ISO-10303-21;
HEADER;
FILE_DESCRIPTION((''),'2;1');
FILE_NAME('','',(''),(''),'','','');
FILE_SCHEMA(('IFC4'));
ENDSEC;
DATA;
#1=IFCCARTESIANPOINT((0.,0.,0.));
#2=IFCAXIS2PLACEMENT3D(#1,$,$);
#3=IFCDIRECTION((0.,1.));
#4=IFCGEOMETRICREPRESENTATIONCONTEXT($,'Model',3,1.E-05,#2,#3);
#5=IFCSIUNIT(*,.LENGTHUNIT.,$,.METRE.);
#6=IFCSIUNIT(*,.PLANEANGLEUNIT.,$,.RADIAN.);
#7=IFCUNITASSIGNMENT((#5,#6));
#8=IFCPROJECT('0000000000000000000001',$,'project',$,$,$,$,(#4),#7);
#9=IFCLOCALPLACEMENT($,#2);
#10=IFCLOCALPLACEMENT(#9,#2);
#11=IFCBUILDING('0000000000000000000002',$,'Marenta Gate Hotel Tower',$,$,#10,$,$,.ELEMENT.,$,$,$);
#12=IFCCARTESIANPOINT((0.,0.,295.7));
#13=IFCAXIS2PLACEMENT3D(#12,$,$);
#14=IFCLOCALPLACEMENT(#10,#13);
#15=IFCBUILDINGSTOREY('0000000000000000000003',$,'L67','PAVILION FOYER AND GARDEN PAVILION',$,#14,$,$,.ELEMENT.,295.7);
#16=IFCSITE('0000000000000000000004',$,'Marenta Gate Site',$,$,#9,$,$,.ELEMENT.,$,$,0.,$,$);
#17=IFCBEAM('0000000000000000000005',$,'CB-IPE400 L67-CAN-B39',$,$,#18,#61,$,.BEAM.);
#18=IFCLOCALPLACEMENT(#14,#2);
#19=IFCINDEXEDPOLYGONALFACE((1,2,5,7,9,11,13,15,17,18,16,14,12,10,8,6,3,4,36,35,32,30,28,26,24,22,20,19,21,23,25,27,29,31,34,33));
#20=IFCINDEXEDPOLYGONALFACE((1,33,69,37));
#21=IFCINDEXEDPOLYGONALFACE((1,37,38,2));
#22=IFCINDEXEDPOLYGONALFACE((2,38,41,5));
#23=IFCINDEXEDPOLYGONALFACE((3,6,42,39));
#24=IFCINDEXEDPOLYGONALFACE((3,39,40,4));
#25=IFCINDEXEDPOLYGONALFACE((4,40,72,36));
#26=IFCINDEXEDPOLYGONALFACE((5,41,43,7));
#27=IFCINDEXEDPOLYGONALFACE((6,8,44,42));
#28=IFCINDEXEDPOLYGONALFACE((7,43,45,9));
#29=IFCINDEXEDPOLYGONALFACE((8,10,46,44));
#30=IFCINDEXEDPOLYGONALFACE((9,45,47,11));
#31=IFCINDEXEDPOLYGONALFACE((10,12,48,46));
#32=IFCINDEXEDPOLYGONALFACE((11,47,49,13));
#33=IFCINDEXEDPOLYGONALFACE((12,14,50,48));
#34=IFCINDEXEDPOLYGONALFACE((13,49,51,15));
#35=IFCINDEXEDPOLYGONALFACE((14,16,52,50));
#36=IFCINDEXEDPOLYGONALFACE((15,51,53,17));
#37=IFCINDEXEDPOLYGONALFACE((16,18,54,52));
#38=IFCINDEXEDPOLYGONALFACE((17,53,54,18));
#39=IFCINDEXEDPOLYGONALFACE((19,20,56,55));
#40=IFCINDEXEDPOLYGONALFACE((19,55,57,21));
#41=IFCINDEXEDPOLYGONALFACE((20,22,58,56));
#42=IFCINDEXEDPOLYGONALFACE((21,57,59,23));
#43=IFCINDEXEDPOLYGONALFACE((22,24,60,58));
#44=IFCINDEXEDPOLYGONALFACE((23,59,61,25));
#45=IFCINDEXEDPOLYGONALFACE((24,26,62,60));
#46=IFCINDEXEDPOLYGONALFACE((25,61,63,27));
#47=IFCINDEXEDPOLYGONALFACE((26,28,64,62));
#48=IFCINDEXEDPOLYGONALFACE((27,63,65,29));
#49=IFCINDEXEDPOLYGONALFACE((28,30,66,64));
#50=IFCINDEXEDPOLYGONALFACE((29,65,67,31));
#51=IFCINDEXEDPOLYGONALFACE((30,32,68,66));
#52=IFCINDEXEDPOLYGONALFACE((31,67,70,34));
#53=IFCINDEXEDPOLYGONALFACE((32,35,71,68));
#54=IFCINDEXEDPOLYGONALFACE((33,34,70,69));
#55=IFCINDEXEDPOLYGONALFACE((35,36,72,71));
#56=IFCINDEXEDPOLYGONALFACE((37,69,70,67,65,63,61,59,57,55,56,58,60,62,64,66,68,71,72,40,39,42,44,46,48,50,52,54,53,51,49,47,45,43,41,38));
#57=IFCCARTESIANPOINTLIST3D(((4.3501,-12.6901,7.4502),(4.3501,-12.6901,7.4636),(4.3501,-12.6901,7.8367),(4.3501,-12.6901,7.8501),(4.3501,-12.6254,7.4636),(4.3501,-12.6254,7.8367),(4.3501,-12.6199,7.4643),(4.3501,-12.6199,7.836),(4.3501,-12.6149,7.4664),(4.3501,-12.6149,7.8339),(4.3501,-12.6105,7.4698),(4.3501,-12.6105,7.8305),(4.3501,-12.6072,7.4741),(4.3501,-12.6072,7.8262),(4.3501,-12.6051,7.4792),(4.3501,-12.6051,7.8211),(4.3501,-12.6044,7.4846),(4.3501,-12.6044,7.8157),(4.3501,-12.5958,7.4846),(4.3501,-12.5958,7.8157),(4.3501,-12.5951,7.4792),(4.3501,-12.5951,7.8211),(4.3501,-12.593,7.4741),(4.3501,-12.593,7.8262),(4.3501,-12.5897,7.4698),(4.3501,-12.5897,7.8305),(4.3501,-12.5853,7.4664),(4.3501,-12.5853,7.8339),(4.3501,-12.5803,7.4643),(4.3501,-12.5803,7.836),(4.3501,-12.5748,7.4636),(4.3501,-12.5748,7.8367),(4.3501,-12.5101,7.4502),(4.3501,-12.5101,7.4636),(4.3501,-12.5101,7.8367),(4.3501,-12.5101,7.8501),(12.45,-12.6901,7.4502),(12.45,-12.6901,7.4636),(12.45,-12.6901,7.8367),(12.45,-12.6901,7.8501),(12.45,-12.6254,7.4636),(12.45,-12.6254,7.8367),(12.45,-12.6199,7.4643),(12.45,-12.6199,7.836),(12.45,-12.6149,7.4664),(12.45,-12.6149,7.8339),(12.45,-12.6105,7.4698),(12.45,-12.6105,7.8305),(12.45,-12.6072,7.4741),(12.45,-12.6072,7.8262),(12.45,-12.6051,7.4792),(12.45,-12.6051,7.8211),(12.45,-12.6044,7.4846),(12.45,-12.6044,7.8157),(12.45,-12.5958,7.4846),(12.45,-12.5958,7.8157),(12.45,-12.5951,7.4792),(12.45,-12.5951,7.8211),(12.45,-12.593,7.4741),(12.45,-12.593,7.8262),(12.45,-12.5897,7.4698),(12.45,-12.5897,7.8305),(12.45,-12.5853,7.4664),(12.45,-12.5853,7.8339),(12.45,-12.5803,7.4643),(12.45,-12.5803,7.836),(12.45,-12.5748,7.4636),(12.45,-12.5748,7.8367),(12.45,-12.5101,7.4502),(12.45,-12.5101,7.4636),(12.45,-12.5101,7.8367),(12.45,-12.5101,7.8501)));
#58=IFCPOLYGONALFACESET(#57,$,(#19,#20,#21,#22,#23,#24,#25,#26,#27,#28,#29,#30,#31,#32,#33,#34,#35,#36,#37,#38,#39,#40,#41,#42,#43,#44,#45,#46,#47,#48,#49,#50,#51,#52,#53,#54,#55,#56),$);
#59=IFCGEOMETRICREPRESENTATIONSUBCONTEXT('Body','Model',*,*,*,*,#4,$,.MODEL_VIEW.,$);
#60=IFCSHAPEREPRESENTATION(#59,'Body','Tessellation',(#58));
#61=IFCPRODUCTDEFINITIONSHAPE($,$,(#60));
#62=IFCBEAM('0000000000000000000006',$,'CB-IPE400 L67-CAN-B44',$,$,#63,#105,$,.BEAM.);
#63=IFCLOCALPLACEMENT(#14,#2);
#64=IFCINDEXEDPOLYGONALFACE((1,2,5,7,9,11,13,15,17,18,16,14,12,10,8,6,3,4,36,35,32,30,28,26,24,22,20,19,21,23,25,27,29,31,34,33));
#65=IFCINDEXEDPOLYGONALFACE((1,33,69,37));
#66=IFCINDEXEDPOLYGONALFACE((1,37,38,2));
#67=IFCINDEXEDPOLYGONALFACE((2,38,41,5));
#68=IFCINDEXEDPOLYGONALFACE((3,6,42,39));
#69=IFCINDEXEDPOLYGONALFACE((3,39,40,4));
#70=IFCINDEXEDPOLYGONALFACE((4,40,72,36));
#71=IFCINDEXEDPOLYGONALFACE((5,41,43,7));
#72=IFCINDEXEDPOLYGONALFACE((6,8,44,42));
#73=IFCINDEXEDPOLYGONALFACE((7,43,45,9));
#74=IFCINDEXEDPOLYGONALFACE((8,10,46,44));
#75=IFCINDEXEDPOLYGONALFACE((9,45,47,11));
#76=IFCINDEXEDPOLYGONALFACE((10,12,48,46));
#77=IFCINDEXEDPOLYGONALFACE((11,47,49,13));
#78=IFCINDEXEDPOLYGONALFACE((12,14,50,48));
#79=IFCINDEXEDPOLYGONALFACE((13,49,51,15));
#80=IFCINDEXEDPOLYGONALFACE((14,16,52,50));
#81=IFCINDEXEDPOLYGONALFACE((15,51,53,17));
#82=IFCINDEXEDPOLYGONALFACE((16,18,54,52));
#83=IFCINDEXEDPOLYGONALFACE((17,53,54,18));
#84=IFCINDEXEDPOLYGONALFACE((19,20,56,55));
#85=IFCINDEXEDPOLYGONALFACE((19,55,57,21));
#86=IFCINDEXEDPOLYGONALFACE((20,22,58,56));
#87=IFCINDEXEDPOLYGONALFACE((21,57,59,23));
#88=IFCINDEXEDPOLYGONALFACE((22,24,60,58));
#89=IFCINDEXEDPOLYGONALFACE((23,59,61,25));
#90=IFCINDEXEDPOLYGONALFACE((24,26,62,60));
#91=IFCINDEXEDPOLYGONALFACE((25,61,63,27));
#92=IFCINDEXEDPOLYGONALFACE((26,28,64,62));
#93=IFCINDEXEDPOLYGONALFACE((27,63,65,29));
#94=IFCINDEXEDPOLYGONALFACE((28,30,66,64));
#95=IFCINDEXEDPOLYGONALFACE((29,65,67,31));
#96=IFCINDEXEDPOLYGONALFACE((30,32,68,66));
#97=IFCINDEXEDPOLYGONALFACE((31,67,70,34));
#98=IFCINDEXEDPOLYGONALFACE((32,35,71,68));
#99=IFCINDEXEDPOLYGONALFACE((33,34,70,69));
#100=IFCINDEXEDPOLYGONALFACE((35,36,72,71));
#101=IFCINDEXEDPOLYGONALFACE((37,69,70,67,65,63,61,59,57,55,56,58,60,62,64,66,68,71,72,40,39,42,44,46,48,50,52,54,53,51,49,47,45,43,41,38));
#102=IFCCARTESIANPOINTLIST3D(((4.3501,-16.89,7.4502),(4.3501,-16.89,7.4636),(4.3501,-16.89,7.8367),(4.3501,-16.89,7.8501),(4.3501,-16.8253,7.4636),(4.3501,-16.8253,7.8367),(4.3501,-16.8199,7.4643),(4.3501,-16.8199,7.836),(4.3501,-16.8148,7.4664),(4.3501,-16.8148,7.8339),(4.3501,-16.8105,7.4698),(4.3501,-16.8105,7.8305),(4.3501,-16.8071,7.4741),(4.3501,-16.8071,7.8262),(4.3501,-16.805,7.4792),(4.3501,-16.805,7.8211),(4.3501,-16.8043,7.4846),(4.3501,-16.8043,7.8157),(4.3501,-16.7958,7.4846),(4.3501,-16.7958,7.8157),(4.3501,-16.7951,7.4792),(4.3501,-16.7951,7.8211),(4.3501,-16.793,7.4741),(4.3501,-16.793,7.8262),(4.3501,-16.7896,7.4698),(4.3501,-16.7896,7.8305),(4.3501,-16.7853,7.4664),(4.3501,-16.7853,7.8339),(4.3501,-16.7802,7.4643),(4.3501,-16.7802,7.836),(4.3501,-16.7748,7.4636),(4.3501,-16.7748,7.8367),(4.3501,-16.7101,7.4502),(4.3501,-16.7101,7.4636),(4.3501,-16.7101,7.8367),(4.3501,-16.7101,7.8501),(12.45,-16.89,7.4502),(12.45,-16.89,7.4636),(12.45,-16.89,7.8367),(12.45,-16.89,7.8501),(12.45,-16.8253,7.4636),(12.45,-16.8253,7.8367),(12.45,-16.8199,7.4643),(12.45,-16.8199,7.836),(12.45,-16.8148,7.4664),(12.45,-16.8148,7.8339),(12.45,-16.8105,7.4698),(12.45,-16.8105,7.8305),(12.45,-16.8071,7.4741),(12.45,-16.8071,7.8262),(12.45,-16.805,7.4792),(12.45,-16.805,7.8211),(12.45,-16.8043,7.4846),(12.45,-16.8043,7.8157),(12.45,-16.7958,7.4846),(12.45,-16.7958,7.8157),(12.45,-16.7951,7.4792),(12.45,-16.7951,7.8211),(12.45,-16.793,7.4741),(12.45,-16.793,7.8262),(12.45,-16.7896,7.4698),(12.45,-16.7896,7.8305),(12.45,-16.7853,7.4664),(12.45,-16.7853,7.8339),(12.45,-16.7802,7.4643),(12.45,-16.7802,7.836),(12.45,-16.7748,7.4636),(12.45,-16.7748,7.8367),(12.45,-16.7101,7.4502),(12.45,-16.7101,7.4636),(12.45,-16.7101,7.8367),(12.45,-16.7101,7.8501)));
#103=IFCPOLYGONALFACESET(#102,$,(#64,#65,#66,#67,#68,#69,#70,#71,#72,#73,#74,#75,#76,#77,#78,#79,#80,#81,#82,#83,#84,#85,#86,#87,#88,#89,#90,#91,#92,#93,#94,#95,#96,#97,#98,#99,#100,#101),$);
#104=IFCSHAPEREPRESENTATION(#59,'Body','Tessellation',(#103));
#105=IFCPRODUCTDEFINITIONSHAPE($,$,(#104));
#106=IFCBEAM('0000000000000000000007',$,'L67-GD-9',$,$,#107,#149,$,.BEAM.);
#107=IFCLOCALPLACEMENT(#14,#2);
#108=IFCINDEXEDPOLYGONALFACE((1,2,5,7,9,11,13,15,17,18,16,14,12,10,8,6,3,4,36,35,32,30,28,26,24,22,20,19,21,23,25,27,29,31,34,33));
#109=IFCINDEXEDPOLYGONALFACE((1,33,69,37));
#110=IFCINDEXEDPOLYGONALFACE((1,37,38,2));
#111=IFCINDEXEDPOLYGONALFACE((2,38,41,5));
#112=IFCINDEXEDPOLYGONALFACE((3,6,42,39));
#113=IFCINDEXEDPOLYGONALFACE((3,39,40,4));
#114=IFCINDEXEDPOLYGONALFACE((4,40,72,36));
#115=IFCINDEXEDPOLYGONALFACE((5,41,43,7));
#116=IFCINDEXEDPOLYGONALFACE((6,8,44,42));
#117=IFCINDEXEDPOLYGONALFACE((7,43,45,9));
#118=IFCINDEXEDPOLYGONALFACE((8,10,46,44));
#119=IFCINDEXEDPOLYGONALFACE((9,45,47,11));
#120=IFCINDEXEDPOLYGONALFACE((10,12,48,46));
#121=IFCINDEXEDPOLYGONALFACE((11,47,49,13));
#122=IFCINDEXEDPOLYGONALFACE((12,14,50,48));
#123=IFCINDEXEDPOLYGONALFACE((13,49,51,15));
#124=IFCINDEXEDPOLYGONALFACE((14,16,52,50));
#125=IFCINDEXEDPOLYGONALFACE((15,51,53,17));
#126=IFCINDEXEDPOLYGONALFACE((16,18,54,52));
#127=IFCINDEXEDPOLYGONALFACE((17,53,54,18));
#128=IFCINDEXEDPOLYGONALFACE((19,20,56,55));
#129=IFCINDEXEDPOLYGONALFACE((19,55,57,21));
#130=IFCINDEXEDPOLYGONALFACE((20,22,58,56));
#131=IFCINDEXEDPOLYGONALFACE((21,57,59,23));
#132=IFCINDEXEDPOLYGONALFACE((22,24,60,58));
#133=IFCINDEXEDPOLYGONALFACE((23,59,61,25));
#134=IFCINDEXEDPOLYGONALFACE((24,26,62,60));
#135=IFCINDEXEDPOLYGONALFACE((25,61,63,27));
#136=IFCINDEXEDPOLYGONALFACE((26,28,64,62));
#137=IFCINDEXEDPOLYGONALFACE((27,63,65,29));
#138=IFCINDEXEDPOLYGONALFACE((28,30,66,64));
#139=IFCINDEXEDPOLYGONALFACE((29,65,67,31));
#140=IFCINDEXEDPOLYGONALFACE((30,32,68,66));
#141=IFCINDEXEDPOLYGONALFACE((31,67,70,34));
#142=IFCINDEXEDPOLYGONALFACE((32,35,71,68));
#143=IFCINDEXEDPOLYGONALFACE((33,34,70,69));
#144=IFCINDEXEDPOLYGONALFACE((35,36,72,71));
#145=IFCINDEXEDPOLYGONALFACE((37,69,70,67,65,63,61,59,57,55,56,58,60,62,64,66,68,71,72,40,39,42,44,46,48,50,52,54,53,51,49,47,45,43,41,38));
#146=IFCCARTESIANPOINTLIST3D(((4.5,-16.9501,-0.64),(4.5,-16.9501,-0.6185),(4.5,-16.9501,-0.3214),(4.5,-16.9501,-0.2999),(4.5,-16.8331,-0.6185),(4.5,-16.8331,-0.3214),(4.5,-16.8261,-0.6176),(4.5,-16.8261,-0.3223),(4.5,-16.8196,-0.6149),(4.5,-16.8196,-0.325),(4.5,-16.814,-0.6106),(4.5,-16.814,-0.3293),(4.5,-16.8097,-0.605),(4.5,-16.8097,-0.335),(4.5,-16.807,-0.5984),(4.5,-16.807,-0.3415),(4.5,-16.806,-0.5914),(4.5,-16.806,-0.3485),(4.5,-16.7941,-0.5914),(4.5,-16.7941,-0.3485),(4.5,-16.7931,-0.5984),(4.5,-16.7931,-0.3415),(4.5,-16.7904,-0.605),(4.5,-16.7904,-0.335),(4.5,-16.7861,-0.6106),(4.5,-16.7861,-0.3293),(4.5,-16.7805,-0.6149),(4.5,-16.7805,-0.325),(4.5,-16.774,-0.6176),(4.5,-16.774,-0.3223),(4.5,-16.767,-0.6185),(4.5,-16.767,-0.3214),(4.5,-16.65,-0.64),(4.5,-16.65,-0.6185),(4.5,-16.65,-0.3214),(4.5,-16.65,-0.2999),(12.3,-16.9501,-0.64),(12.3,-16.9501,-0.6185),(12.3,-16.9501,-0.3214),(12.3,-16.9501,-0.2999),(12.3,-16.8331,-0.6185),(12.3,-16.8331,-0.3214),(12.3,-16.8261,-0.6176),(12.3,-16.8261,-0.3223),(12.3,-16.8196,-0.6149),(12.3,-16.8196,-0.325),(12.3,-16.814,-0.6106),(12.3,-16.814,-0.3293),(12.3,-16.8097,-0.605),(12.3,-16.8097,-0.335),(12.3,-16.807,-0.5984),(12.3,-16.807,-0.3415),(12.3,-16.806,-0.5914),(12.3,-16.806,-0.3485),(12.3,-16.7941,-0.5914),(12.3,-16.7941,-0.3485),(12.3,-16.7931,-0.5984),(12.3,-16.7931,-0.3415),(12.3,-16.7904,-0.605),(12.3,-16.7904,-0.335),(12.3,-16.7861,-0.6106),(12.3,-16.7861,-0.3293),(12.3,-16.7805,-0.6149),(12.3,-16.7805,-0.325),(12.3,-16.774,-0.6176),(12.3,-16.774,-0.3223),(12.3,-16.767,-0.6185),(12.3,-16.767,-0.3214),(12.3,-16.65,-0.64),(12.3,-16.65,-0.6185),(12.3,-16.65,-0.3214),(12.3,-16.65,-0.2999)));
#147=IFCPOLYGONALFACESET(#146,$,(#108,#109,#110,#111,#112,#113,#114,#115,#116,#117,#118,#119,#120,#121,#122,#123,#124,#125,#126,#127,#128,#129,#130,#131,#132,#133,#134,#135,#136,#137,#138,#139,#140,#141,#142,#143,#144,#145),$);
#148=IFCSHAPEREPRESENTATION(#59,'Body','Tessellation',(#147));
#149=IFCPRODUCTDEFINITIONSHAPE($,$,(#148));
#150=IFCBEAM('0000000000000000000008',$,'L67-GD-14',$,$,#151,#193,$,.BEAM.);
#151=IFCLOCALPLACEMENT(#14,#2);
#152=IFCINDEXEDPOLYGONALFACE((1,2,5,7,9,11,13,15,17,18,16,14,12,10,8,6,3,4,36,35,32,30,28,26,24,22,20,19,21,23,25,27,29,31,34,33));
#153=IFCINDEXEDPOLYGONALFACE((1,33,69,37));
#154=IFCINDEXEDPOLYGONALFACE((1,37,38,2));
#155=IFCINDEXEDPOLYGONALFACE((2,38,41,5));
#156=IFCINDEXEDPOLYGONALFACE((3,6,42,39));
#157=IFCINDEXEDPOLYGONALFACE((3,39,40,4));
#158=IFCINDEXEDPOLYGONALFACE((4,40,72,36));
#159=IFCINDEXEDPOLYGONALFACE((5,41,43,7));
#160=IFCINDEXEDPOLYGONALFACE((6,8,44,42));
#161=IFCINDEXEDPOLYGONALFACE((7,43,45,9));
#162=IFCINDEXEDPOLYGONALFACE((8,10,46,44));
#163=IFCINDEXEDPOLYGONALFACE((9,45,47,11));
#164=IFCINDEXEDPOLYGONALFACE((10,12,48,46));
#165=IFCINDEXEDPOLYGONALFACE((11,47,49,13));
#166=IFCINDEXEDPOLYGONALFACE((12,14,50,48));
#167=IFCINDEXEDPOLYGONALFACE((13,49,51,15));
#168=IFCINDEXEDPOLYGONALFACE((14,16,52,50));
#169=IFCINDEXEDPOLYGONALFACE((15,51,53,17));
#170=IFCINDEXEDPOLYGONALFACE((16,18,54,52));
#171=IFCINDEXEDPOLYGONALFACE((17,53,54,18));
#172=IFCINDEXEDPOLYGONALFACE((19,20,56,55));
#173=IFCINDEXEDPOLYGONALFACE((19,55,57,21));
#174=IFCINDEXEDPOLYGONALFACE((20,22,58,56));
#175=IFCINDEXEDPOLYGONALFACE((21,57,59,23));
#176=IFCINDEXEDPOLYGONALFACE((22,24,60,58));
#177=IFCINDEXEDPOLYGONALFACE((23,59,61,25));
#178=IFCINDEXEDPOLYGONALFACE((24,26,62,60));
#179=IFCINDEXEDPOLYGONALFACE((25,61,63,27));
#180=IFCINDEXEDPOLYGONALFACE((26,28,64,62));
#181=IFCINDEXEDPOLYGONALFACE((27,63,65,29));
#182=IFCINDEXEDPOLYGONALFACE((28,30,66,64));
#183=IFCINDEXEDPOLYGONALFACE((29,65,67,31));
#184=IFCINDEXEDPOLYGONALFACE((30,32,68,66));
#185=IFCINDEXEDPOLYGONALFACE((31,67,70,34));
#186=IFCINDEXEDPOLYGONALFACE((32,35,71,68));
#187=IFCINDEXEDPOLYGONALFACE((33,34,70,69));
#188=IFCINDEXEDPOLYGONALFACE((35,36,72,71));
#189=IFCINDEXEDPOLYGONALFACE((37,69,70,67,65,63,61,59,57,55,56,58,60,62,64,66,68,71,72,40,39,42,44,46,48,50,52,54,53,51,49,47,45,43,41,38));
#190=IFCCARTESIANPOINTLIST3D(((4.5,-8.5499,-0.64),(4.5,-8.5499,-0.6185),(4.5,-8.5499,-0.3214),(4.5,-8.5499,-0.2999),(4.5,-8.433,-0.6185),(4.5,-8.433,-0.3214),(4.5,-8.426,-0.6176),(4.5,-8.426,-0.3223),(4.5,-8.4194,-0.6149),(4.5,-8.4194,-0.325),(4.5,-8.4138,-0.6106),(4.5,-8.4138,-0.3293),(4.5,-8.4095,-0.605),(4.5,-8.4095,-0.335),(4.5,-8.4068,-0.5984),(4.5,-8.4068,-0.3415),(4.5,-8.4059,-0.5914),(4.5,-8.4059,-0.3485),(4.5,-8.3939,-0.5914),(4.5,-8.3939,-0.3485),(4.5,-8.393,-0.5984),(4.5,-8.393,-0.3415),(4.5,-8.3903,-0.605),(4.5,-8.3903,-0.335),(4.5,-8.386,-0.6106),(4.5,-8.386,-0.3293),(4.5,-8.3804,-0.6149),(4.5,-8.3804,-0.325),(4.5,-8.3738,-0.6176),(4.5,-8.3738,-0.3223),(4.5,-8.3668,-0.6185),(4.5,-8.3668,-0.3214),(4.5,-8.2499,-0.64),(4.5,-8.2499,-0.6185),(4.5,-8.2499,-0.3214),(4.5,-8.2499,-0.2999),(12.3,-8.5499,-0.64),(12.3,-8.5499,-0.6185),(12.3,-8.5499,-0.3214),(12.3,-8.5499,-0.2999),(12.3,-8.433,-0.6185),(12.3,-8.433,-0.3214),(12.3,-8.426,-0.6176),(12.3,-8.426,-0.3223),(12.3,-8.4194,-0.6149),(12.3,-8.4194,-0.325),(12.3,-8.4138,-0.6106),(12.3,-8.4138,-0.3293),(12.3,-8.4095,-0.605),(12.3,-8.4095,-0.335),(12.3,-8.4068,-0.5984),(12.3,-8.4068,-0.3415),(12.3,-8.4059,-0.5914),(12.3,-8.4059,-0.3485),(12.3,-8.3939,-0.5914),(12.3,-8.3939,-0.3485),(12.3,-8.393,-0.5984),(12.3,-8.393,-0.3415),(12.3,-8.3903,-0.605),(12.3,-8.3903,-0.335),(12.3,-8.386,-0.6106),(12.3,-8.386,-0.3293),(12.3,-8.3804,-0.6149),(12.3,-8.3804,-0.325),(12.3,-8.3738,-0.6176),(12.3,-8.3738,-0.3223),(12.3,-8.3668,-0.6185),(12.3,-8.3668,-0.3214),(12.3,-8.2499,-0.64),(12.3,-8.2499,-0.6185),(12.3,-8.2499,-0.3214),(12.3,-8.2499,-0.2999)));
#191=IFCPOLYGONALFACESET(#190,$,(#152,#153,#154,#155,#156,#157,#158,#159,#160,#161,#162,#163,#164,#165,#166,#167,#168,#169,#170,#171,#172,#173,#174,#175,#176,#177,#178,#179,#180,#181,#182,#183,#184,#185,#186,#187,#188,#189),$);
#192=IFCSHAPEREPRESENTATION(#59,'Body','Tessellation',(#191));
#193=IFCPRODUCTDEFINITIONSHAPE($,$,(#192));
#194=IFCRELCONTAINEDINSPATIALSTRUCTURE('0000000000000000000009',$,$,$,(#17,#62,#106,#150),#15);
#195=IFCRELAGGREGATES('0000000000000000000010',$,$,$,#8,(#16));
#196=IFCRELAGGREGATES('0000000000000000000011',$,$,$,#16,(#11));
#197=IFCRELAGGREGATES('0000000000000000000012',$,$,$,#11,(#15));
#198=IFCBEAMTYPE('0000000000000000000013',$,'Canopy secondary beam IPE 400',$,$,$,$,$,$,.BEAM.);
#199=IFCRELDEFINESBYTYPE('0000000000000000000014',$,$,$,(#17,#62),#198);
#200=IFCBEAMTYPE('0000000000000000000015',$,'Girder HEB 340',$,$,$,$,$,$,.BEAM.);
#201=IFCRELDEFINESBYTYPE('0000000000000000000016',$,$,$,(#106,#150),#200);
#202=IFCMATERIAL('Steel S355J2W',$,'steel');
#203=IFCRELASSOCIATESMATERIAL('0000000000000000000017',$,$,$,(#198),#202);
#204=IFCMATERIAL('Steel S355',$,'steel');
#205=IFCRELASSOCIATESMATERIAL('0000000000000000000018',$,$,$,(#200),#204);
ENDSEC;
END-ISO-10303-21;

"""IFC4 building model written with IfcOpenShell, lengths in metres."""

from ifc_helpers import new_model, si_unit, direction, frame, origin, origin_2d, place, context, subcontext, project, spatial, i_section, extrude, material, material_profile, profile_set, type_object, element, save


model = new_model("IFC4")

# Units and contexts
model_context = context("Model", 3, precision=1e-05, world=origin(), true_north=direction((0.0, 1.0)))
body_context = subcontext(model_context, "Body", "Model", "MODEL_VIEW")
ifc_project = project(units=[si_unit("LENGTHUNIT", "METRE"), si_unit("PLANEANGLEUNIT", "RADIAN")], contexts=[model_context])

# Site, building, storey
site_placement = place(None, origin())
site = spatial("IfcSite", under=ifc_project, at=site_placement, Name="Marenta Gate Site", CompositionType="ELEMENT", RefElevation=0.0)
building_placement = place(site_placement, origin())
building = spatial("IfcBuilding", under=site, at=building_placement, Name="Marenta Gate Hotel Tower", CompositionType="ELEMENT")
storey_placement = place(building_placement, frame((0.0, 0.0, 295.7)))
storey = spatial("IfcBuildingStorey", under=building, at=storey_placement, Name="L67", Description="PAVILION FOYER AND GARDEN PAVILION", CompositionType="ELEMENT", Elevation=295.7)

# Beams
ifc_material_1 = material(Name="Steel S355J2W", Category="steel")
ifc_material_profile_1 = material_profile(ifc_material_1, i_section(OverallWidth=0.1799, OverallDepth=0.3999, WebThickness=0.0085, FlangeThickness=0.0134, FilletRadius=0.021, at=origin_2d()), Name="IPE 400")
ifc_profile_set_1 = profile_set([ifc_material_profile_1], Name="Steel S355J2W")
beam_type_1 = type_object("IfcBeamType", Name="Canopy secondary beam IPE 400", PredefinedType="BEAM", material=ifc_profile_set_1)
for number, where, z_axis, x_axis, name in (
    (1, (4.3501, -12.6001, 7.6501), (1.0, 0.0, 0.0), (0.0, 1.0, 0.0), "CB-IPE400 L67-CAN-B39"),
    (2, (4.3501, -16.8, 7.6501), (1.0, 0.0, 0.0), (0.0, 1.0, 0.0), "CB-IPE400 L67-CAN-B44"),
):
    element("IfcBeam", number, at=place(storey_placement, frame(where, z_axis=z_axis, x_axis=x_axis)), inside=storey, type_object=beam_type_1, Name=name, PredefinedType="BEAM", context=body_context, shape_type="SweptSolid", body=[
        extrude(i_section(OverallWidth=0.1799, OverallDepth=0.3999, WebThickness=0.0085, FlangeThickness=0.0134, FilletRadius=0.021, at=origin_2d()), origin(), (0.0, 0.0, 1.0), 8.0999),
    ])
ifc_material_2 = material(Name="Steel S355", Category="steel")
ifc_material_profile_2 = material_profile(ifc_material_2, i_section(OverallWidth=0.3, OverallDepth=0.3401, WebThickness=0.012, FlangeThickness=0.0215, FilletRadius=0.0271, at=origin_2d()), Name="HEB 340")
ifc_profile_set_2 = profile_set([ifc_material_profile_2], Name="Steel S355")
beam_type_2 = type_object("IfcBeamType", Name="Girder HEB 340", PredefinedType="BEAM", material=ifc_profile_set_2)
for number, where, z_axis, x_axis, name in (
    (3, (4.5, -16.8, -0.47), (1.0, 0.0, 0.0), (0.0, 1.0, 0.0), "L67-GD-9"),
    (4, (4.5, -8.3999, -0.47), (1.0, 0.0, 0.0), (0.0, 1.0, 0.0), "L67-GD-14"),
):
    element("IfcBeam", number, at=place(storey_placement, frame(where, z_axis=z_axis, x_axis=x_axis)), inside=storey, type_object=beam_type_2, Name=name, PredefinedType="BEAM", context=body_context, shape_type="SweptSolid", body=[
        extrude(i_section(OverallWidth=0.3, OverallDepth=0.3401, WebThickness=0.012, FlangeThickness=0.0215, FilletRadius=0.0271, at=origin_2d()), origin(), (0.0, 0.0, 1.0), 7.8),
    ])

save(model, "model.ifc")
